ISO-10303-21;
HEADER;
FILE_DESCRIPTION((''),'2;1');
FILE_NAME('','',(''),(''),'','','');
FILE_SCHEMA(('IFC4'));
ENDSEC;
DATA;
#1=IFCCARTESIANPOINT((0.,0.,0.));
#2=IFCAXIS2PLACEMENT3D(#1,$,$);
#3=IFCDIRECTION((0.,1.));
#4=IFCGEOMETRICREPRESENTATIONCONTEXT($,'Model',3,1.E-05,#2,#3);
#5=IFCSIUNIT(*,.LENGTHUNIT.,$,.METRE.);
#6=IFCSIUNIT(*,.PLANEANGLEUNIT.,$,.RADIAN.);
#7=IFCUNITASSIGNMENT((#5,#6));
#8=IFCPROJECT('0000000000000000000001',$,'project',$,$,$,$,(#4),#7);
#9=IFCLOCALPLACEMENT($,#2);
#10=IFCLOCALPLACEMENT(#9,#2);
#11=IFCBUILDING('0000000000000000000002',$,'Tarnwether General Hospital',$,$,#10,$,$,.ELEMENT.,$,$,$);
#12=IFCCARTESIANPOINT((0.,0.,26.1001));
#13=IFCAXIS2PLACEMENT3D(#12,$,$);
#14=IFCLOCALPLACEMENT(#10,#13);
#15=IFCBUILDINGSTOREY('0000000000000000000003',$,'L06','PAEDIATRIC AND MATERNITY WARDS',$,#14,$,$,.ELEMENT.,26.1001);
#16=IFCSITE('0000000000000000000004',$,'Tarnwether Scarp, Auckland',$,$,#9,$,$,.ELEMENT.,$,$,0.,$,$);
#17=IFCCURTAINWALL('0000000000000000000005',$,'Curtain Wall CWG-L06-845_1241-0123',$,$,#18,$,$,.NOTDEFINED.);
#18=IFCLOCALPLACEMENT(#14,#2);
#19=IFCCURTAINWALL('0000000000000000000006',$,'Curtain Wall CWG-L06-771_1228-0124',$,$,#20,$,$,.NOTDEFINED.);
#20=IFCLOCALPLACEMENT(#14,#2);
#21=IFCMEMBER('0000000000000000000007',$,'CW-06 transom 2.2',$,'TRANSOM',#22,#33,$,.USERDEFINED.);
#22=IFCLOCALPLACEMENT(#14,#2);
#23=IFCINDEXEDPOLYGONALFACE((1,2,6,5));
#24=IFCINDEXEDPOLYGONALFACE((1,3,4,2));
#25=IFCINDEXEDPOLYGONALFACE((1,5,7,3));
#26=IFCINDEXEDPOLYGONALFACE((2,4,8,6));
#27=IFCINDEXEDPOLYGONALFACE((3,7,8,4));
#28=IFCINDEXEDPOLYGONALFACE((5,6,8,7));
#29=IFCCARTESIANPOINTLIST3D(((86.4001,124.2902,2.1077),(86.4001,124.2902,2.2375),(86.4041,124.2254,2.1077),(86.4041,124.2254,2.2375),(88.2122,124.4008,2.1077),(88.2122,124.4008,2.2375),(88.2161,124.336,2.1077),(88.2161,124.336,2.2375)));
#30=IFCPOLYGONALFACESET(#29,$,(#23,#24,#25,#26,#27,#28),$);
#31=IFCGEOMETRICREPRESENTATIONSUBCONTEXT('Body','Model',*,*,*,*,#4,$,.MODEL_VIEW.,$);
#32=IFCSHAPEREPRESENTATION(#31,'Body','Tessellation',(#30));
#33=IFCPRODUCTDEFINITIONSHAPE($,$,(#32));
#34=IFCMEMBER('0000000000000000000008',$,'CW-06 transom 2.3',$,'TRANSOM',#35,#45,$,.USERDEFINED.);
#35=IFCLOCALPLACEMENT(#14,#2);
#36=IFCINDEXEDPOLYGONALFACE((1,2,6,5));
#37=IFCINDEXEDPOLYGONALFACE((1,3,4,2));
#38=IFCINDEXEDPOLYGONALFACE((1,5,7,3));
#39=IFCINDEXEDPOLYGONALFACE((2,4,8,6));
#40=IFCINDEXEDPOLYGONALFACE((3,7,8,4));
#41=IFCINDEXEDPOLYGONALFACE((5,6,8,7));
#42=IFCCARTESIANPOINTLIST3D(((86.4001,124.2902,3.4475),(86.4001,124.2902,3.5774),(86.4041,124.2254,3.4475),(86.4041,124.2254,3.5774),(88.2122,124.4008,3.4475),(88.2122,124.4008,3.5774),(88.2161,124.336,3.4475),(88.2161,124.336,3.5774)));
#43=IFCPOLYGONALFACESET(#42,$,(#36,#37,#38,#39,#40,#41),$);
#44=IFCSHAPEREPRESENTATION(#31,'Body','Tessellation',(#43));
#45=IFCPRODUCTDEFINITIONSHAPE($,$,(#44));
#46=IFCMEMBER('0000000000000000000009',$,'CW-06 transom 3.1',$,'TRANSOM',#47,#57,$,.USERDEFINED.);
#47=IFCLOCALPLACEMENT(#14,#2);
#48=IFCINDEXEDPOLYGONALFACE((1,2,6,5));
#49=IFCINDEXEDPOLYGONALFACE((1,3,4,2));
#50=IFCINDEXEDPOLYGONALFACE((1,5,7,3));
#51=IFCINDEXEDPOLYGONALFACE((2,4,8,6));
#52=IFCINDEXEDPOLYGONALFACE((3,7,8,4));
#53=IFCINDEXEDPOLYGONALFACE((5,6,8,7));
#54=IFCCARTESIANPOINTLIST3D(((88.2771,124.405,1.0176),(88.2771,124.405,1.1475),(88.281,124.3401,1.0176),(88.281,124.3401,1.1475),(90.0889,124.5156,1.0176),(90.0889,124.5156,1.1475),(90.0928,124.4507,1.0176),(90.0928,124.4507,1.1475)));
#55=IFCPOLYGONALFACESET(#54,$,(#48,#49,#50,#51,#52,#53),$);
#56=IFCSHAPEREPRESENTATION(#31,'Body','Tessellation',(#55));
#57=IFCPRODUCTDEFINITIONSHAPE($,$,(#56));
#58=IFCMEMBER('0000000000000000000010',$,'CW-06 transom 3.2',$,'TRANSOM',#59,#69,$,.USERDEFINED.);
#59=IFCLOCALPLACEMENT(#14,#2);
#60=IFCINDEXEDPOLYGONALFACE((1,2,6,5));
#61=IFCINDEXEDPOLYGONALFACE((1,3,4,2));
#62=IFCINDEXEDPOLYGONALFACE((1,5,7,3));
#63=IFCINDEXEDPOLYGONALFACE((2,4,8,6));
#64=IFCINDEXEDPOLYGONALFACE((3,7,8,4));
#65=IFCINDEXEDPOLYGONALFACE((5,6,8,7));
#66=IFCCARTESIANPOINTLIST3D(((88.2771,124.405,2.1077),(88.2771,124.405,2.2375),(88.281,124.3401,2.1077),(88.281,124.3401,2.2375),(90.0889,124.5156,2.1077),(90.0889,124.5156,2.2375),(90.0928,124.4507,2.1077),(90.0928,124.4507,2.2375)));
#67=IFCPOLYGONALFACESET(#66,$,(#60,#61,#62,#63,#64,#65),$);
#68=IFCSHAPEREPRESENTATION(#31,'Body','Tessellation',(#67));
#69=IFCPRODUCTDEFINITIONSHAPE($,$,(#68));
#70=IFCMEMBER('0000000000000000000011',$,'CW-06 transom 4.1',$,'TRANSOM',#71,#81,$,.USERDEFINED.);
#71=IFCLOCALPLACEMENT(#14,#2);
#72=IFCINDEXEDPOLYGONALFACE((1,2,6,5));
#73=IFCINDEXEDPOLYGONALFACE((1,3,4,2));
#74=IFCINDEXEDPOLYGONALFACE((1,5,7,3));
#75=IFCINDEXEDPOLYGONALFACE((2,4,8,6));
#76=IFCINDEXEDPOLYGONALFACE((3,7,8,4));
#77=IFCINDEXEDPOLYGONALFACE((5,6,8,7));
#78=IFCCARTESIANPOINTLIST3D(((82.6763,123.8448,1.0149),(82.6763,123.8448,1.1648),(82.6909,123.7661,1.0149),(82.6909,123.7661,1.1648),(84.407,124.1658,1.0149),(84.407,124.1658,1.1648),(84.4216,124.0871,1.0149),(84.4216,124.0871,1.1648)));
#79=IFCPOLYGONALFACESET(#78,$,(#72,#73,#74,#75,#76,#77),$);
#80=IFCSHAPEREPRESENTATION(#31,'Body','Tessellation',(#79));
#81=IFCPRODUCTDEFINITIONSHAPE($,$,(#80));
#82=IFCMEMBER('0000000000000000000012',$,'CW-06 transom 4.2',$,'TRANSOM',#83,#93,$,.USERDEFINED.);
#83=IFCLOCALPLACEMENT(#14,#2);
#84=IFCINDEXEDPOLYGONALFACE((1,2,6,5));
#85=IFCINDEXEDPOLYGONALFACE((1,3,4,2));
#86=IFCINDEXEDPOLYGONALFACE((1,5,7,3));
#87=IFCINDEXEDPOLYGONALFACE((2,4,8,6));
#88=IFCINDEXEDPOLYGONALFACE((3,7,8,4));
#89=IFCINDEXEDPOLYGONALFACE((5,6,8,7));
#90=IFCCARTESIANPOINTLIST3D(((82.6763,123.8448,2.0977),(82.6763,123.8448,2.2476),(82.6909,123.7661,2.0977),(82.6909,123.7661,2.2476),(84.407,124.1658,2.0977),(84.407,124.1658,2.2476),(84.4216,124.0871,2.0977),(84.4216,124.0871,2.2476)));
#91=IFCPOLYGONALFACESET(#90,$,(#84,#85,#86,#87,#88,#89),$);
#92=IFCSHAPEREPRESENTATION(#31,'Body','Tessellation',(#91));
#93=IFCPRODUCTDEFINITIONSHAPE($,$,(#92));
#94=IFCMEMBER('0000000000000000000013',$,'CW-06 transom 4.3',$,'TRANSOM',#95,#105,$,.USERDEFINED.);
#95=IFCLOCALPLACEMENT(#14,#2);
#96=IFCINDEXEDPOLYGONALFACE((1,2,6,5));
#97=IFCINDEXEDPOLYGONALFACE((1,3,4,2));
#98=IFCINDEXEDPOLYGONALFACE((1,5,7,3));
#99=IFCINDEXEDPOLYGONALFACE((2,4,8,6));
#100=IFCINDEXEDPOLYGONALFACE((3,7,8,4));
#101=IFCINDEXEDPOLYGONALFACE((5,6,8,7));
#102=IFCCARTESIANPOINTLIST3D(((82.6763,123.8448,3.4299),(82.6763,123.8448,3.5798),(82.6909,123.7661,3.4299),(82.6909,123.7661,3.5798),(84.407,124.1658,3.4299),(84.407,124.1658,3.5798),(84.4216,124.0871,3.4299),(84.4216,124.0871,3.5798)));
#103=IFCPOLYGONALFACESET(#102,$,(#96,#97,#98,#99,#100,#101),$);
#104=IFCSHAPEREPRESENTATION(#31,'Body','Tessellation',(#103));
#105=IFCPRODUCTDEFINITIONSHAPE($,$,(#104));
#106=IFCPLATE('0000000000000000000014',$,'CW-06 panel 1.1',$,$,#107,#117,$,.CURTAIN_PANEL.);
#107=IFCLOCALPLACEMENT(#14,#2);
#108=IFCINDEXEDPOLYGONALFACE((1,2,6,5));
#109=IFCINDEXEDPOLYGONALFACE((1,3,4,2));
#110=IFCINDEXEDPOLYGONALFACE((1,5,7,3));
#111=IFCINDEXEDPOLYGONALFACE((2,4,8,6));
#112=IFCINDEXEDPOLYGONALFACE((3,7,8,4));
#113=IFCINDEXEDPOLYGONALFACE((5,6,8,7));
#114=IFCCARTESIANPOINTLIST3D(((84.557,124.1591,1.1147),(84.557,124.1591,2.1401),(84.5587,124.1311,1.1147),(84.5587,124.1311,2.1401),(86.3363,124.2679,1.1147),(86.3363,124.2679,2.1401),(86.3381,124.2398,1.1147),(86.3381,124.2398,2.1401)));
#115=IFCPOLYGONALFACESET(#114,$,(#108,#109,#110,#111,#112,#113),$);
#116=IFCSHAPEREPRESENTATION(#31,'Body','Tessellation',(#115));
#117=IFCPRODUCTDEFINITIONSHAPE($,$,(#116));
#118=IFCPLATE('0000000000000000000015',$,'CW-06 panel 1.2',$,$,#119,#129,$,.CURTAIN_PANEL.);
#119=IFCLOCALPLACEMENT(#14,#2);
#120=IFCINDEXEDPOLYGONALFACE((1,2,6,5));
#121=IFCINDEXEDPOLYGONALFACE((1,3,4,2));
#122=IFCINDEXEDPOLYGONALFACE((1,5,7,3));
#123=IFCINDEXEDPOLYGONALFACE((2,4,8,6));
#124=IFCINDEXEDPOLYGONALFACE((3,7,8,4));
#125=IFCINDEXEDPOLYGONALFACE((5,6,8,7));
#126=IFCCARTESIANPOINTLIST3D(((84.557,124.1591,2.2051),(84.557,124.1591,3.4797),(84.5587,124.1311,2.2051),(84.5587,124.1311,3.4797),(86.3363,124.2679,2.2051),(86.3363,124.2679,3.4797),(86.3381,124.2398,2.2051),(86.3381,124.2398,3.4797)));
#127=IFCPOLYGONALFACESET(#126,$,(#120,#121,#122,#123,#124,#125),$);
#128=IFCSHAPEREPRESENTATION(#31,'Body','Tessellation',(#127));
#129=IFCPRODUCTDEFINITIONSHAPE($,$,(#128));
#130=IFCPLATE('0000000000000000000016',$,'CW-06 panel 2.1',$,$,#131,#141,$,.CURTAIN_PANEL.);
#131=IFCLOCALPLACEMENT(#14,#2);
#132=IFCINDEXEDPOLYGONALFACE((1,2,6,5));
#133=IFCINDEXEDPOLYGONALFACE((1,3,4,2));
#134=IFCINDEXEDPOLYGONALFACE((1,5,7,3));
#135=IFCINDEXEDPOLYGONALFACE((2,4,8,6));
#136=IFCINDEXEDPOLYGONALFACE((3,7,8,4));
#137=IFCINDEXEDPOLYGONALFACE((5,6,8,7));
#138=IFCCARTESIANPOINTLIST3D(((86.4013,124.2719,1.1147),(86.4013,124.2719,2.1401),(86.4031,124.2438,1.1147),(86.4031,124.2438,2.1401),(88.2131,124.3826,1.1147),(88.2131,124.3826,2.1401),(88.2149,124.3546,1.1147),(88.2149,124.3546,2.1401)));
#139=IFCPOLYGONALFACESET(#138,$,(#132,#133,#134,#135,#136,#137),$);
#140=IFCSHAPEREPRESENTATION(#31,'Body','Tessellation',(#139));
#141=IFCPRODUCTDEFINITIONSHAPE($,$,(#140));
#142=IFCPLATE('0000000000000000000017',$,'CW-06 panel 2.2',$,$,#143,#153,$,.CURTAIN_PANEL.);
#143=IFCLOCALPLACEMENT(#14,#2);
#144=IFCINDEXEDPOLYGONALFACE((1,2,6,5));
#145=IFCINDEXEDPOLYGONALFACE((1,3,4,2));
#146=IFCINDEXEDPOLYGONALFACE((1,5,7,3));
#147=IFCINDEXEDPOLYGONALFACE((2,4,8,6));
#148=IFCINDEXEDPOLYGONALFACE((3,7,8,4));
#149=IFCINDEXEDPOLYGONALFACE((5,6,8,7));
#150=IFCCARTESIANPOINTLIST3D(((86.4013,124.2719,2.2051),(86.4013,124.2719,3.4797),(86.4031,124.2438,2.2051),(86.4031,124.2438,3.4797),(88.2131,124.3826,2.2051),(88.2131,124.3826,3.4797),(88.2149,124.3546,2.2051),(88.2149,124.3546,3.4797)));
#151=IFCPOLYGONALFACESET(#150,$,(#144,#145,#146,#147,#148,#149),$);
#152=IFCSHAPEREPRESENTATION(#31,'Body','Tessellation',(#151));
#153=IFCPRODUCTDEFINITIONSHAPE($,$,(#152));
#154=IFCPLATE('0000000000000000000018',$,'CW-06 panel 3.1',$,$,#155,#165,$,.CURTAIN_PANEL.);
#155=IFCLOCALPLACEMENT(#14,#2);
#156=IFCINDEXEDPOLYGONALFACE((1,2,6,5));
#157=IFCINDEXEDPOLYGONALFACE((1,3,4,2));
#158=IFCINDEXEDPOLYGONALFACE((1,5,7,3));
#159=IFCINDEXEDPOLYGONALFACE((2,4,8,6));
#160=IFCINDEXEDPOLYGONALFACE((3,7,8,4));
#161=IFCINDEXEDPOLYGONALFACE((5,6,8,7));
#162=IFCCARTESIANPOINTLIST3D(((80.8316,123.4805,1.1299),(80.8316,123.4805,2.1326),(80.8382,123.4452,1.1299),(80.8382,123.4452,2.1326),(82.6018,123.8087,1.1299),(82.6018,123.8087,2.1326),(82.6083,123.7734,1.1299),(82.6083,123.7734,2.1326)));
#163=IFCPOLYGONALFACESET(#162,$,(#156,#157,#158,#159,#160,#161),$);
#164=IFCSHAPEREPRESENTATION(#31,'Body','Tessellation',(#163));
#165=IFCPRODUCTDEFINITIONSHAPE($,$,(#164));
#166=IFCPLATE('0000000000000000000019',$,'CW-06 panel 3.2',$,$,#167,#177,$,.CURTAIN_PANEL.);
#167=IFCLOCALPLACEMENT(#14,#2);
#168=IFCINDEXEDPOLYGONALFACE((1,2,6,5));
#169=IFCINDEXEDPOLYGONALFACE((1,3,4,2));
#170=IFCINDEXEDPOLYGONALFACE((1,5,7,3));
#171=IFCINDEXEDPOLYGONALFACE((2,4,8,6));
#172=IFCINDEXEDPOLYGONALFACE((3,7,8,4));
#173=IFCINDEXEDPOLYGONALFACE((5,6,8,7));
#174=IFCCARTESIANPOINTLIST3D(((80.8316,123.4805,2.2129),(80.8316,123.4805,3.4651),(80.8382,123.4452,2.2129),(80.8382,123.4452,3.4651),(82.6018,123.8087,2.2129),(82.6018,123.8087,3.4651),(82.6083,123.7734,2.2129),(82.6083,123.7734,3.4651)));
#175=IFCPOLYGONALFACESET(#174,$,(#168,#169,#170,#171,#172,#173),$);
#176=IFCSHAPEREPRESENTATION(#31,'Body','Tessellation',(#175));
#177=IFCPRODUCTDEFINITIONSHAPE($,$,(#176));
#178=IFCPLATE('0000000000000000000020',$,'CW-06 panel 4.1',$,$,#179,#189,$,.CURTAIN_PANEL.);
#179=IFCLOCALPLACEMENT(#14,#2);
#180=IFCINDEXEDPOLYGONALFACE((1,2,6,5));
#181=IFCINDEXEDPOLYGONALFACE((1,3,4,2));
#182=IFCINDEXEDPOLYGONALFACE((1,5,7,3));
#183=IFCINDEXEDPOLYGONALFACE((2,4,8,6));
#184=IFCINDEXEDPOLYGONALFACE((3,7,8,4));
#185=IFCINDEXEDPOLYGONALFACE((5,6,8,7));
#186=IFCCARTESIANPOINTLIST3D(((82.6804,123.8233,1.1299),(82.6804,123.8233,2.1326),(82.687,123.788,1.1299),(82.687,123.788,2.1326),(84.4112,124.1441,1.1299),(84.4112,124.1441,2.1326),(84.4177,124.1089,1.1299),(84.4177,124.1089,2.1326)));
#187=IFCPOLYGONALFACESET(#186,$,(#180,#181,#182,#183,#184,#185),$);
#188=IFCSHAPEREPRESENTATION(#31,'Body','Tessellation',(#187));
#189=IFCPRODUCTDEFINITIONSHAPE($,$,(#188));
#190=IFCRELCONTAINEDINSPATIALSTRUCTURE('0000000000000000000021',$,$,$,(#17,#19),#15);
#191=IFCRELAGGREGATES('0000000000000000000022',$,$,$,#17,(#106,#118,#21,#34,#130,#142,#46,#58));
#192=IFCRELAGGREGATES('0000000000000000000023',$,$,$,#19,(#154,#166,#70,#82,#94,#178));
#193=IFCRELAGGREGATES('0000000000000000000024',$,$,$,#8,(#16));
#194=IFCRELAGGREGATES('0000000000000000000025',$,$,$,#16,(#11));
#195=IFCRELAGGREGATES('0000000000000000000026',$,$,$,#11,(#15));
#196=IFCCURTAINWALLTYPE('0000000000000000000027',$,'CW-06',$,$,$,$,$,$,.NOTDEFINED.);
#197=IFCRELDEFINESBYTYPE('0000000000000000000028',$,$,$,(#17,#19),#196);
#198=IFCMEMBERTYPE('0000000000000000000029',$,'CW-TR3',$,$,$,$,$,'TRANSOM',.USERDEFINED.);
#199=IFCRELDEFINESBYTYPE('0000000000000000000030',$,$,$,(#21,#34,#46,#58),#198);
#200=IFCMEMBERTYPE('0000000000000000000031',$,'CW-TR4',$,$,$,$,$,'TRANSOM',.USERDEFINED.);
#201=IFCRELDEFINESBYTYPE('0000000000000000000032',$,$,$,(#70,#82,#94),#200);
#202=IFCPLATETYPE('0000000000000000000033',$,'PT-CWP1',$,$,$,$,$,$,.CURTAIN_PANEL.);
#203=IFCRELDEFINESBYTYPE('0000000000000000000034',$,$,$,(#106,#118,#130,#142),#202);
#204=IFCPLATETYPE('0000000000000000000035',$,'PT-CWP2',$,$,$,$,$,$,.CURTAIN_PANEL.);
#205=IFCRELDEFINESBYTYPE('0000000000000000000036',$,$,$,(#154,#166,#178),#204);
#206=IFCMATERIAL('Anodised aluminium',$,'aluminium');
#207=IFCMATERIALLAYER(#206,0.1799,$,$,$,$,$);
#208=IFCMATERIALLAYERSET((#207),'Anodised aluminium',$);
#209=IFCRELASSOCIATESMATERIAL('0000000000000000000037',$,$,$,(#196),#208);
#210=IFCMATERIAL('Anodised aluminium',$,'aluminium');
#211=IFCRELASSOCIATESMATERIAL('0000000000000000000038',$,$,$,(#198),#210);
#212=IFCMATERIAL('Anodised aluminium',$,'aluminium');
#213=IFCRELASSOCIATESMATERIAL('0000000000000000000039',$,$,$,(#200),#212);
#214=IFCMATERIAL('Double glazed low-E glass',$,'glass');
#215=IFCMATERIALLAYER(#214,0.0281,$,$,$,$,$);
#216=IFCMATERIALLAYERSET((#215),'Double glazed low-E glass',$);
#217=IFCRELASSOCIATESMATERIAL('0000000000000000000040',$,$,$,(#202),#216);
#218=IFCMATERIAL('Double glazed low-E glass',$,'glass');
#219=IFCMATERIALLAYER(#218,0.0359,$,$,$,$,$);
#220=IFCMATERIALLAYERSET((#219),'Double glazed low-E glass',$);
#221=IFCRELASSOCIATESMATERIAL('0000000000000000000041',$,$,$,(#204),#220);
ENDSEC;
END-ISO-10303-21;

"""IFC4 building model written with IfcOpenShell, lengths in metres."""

from ifc_helpers import new_model, si_unit, direction, frame, origin, origin_2d, place, context, subcontext, project, spatial, rectangle, extrude, material, layer, layer_set, material_profile, profile_set, type_object, element, aggregate, save


model = new_model("IFC4")

# Units and contexts
model_context = context("Model", 3, precision=1e-05, world=origin(), true_north=direction((0.0, 1.0)))
body_context = subcontext(model_context, "Body", "Model", "MODEL_VIEW")
ifc_project = project(units=[si_unit("LENGTHUNIT", "METRE"), si_unit("PLANEANGLEUNIT", "RADIAN")], contexts=[model_context])

# Site, building, storey
site_placement = place(None, origin())
site = spatial("IfcSite", under=ifc_project, at=site_placement, Name="Tarnwether Scarp, Auckland", CompositionType="ELEMENT", RefElevation=0.0)
building_placement = place(site_placement, origin())
building = spatial("IfcBuilding", under=site, at=building_placement, Name="Tarnwether General Hospital", CompositionType="ELEMENT")
storey_placement = place(building_placement, frame((0.0, 0.0, 26.1001)))
storey = spatial("IfcBuildingStorey", under=building, at=storey_placement, Name="L06", Description="PAEDIATRIC AND MATERNITY WARDS", CompositionType="ELEMENT", Elevation=26.1001)

# Curtain walls
ifc_material_1 = material(Name="Anodised aluminium", Category="aluminium")
ifc_layer_1 = layer(ifc_material_1, 0.1799)
ifc_layer_set_1 = layer_set([ifc_layer_1], Name="Anodised aluminium")
curtain_wall_type = type_object("IfcCurtainWallType", Name="CW-06", PredefinedType="NOTDEFINED", material=ifc_layer_set_1)
curtain_wall_1_placement = place(storey_placement, origin())
curtain_wall_1 = element("IfcCurtainWall", 1, at=curtain_wall_1_placement, inside=storey, type_object=curtain_wall_type, Name="Curtain Wall CWG-L06-845_1241-0123", PredefinedType="NOTDEFINED")
curtain_wall_2_placement = place(storey_placement, origin())
curtain_wall_2 = element("IfcCurtainWall", 2, at=curtain_wall_2_placement, inside=storey, type_object=curtain_wall_type, Name="Curtain Wall CWG-L06-771_1228-0124", PredefinedType="NOTDEFINED")

# Members
ifc_material_2 = material(Name="Anodised aluminium", Category="aluminium")
ifc_material_profile_1 = material_profile(ifc_material_2, rectangle(XDim=0.0649, YDim=0.1299, at=origin_2d()), Name="ALU-TRN-65x130")
ifc_profile_set_1 = profile_set([ifc_material_profile_1], Name="Anodised aluminium")
member_type_1 = type_object("IfcMemberType", Name="CW-TR3", ElementType="TRANSOM", PredefinedType="USERDEFINED", material=ifc_profile_set_1)
member_1_placement = place(storey_placement, frame((86.4021, 124.2578, 2.1726), z_axis=(0.998143, 0.060921, 0.0), x_axis=(-0.060921, 0.998143, 0.0)))
member_1 = element("IfcMember", 3, at=member_1_placement, type_object=member_type_1, Name="CW-06 transom 2.2", ObjectType="TRANSOM", PredefinedType="USERDEFINED", context=body_context, shape_type="SweptSolid", body=[
    extrude(rectangle(XDim=0.0649, YDim=0.1299, at=origin_2d()), origin(), (0.0, 0.0, 1.0), 1.8154),
])
member_2_placement = place(storey_placement, frame((86.4021, 124.2578, 3.5125), z_axis=(0.998143, 0.060921, 0.0), x_axis=(-0.060921, 0.998143, 0.0)))
member_2 = element("IfcMember", 4, at=member_2_placement, type_object=member_type_1, Name="CW-06 transom 2.3", ObjectType="TRANSOM", PredefinedType="USERDEFINED", context=body_context, shape_type="SweptSolid", body=[
    extrude(rectangle(XDim=0.0649, YDim=0.1299, at=origin_2d()), origin(), (0.0, 0.0, 1.0), 1.8154),
])
member_3_placement = place(storey_placement, frame((88.2791, 124.3726, 1.0825), z_axis=(0.998142, 0.06093, 0.0), x_axis=(-0.06093, 0.998142, 0.0)))
member_3 = element("IfcMember", 5, at=member_3_placement, type_object=member_type_1, Name="CW-06 transom 3.1", ObjectType="TRANSOM", PredefinedType="USERDEFINED", context=body_context, shape_type="SweptSolid", body=[
    extrude(rectangle(XDim=0.0649, YDim=0.1299, at=origin_2d()), origin(), (0.0, 0.0, 1.0), 1.8152),
])
member_4_placement = place(storey_placement, frame((88.2791, 124.3726, 2.1726), z_axis=(0.998142, 0.06093, 0.0), x_axis=(-0.06093, 0.998142, 0.0)))
member_4 = element("IfcMember", 6, at=member_4_placement, type_object=member_type_1, Name="CW-06 transom 3.2", ObjectType="TRANSOM", PredefinedType="USERDEFINED", context=body_context, shape_type="SweptSolid", body=[
    extrude(rectangle(XDim=0.0649, YDim=0.1299, at=origin_2d()), origin(), (0.0, 0.0, 1.0), 1.8152),
])
ifc_material_3 = material(Name="Anodised aluminium", Category="aluminium")
ifc_material_profile_2 = material_profile(ifc_material_3, rectangle(XDim=0.0801, YDim=0.1499, at=origin_2d()), Name="ALU-TRN-80x150")
ifc_profile_set_2 = profile_set([ifc_material_profile_2], Name="Anodised aluminium")
member_type_2 = type_object("IfcMemberType", Name="CW-TR4", ElementType="TRANSOM", PredefinedType="USERDEFINED", material=ifc_profile_set_2)
member_5_placement = place(storey_placement, frame((82.6836, 123.8054, 1.0898), z_axis=(0.983227, 0.182387, 0.0), x_axis=(-0.182387, 0.983227, 0.0)))
member_5 = element("IfcMember", 7, at=member_5_placement, type_object=member_type_2, Name="CW-06 transom 4.1", ObjectType="TRANSOM", PredefinedType="USERDEFINED", context=body_context, shape_type="SweptSolid", body=[
    extrude(rectangle(XDim=0.0801, YDim=0.1499, at=origin_2d()), origin(), (0.0, 0.0, 1.0), 1.7603),
])
member_6_placement = place(storey_placement, frame((82.6836, 123.8054, 2.1726), z_axis=(0.983227, 0.182387, 0.0), x_axis=(-0.182387, 0.983227, 0.0)))
member_6 = element("IfcMember", 8, at=member_6_placement, type_object=member_type_2, Name="CW-06 transom 4.2", ObjectType="TRANSOM", PredefinedType="USERDEFINED", context=body_context, shape_type="SweptSolid", body=[
    extrude(rectangle(XDim=0.0801, YDim=0.1499, at=origin_2d()), origin(), (0.0, 0.0, 1.0), 1.7603),
])
member_7_placement = place(storey_placement, frame((82.6836, 123.8054, 3.5049), z_axis=(0.983227, 0.182387, 0.0), x_axis=(-0.182387, 0.983227, 0.0)))
member_7 = element("IfcMember", 9, at=member_7_placement, type_object=member_type_2, Name="CW-06 transom 4.3", ObjectType="TRANSOM", PredefinedType="USERDEFINED", context=body_context, shape_type="SweptSolid", body=[
    extrude(rectangle(XDim=0.0801, YDim=0.1499, at=origin_2d()), origin(), (0.0, 0.0, 1.0), 1.7603),
])

# Plates
ifc_material_4 = material(Name="Double glazed low-E glass", Category="glass")
ifc_layer_2 = layer(ifc_material_4, 0.0281)
ifc_layer_set_2 = layer_set([ifc_layer_2], Name="Double glazed low-E glass")
plate_type_1 = type_object("IfcPlateType", Name="PT-CWP1", PredefinedType="CURTAIN_PANEL", material=ifc_layer_set_2)
plate_1_placement = place(storey_placement, frame((85.4475, 124.1995, 1.1147), z_axis=(0.0, 0.0, 1.0), x_axis=(0.998136, 0.061029, 0.0)))
plate_1 = element("IfcPlate", 10, at=plate_1_placement, type_object=plate_type_1, Name="CW-06 panel 1.1", PredefinedType="CURTAIN_PANEL", context=body_context, shape_type="SweptSolid", body=[
    extrude(rectangle(XDim=1.7827, YDim=0.0281, at=origin_2d()), origin(), (0.0, 0.0, 1.0), 1.0254),
])
plate_2_placement = place(storey_placement, frame((85.4475, 124.1995, 2.2051), z_axis=(0.0, 0.0, 1.0), x_axis=(0.998136, 0.061029, 0.0)))
plate_2 = element("IfcPlate", 11, at=plate_2_placement, type_object=plate_type_1, Name="CW-06 panel 1.2", PredefinedType="CURTAIN_PANEL", context=body_context, shape_type="SweptSolid", body=[
    extrude(rectangle(XDim=1.7827, YDim=0.0281, at=origin_2d()), origin(), (0.0, 0.0, 1.0), 1.2747),
])
plate_3_placement = place(storey_placement, frame((87.3081, 124.3132, 1.1147), z_axis=(0.0, 0.0, 1.0), x_axis=(0.998136, 0.061029, 0.0)))
plate_3 = element("IfcPlate", 12, at=plate_3_placement, type_object=plate_type_1, Name="CW-06 panel 2.1", PredefinedType="CURTAIN_PANEL", context=body_context, shape_type="SweptSolid", body=[
    extrude(rectangle(XDim=1.8152, YDim=0.0281, at=origin_2d()), origin(), (0.0, 0.0, 1.0), 1.0254),
])
plate_4_placement = place(storey_placement, frame((87.3081, 124.3132, 2.2051), z_axis=(0.0, 0.0, 1.0), x_axis=(0.998136, 0.061029, 0.0)))
plate_4 = element("IfcPlate", 13, at=plate_4_placement, type_object=plate_type_1, Name="CW-06 panel 2.2", PredefinedType="CURTAIN_PANEL", context=body_context, shape_type="SweptSolid", body=[
    extrude(rectangle(XDim=1.8152, YDim=0.0281, at=origin_2d()), origin(), (0.0, 0.0, 1.0), 1.2747),
])
aggregate(curtain_wall_1, [plate_1, plate_2, member_1, member_2, plate_3, plate_4, member_3, member_4])
ifc_material_5 = material(Name="Double glazed low-E glass", Category="glass")
ifc_layer_3 = layer(ifc_material_5, 0.0359)
ifc_layer_set_3 = layer_set([ifc_layer_3], Name="Double glazed low-E glass")
plate_type_2 = type_object("IfcPlateType", Name="PT-CWP2", PredefinedType="CURTAIN_PANEL", material=ifc_layer_set_3)
plate_5_placement = place(storey_placement, frame((81.72, 123.627, 1.1299), z_axis=(0.0, 0.0, 1.0), x_axis=(0.983245, 0.182289, 0.0)))
plate_5 = element("IfcPlate", 14, at=plate_5_placement, type_object=plate_type_2, Name="CW-06 panel 3.1", PredefinedType="CURTAIN_PANEL", context=body_context, shape_type="SweptSolid", body=[
    extrude(rectangle(XDim=1.8003, YDim=0.0359, at=origin_2d()), origin(), (0.0, 0.0, 1.0), 1.0027),
])
plate_6_placement = place(storey_placement, frame((81.72, 123.627, 2.2129), z_axis=(0.0, 0.0, 1.0), x_axis=(0.983245, 0.182289, 0.0)))
plate_6 = element("IfcPlate", 15, at=plate_6_placement, type_object=plate_type_2, Name="CW-06 panel 3.2", PredefinedType="CURTAIN_PANEL", context=body_context, shape_type="SweptSolid", body=[
    extrude(rectangle(XDim=1.8003, YDim=0.0359, at=origin_2d()), origin(), (0.0, 0.0, 1.0), 1.2522),
])
plate_7_placement = place(storey_placement, frame((83.5491, 123.9661, 1.1299), z_axis=(0.0, 0.0, 1.0), x_axis=(0.983245, 0.182289, 0.0)))
plate_7 = element("IfcPlate", 16, at=plate_7_placement, type_object=plate_type_2, Name="CW-06 panel 4.1", PredefinedType="CURTAIN_PANEL", context=body_context, shape_type="SweptSolid", body=[
    extrude(rectangle(XDim=1.7603, YDim=0.0359, at=origin_2d()), origin(), (0.0, 0.0, 1.0), 1.0027),
])
aggregate(curtain_wall_2, [plate_5, plate_6, member_5, member_6, member_7, plate_7])

save(model, "model.ifc")
